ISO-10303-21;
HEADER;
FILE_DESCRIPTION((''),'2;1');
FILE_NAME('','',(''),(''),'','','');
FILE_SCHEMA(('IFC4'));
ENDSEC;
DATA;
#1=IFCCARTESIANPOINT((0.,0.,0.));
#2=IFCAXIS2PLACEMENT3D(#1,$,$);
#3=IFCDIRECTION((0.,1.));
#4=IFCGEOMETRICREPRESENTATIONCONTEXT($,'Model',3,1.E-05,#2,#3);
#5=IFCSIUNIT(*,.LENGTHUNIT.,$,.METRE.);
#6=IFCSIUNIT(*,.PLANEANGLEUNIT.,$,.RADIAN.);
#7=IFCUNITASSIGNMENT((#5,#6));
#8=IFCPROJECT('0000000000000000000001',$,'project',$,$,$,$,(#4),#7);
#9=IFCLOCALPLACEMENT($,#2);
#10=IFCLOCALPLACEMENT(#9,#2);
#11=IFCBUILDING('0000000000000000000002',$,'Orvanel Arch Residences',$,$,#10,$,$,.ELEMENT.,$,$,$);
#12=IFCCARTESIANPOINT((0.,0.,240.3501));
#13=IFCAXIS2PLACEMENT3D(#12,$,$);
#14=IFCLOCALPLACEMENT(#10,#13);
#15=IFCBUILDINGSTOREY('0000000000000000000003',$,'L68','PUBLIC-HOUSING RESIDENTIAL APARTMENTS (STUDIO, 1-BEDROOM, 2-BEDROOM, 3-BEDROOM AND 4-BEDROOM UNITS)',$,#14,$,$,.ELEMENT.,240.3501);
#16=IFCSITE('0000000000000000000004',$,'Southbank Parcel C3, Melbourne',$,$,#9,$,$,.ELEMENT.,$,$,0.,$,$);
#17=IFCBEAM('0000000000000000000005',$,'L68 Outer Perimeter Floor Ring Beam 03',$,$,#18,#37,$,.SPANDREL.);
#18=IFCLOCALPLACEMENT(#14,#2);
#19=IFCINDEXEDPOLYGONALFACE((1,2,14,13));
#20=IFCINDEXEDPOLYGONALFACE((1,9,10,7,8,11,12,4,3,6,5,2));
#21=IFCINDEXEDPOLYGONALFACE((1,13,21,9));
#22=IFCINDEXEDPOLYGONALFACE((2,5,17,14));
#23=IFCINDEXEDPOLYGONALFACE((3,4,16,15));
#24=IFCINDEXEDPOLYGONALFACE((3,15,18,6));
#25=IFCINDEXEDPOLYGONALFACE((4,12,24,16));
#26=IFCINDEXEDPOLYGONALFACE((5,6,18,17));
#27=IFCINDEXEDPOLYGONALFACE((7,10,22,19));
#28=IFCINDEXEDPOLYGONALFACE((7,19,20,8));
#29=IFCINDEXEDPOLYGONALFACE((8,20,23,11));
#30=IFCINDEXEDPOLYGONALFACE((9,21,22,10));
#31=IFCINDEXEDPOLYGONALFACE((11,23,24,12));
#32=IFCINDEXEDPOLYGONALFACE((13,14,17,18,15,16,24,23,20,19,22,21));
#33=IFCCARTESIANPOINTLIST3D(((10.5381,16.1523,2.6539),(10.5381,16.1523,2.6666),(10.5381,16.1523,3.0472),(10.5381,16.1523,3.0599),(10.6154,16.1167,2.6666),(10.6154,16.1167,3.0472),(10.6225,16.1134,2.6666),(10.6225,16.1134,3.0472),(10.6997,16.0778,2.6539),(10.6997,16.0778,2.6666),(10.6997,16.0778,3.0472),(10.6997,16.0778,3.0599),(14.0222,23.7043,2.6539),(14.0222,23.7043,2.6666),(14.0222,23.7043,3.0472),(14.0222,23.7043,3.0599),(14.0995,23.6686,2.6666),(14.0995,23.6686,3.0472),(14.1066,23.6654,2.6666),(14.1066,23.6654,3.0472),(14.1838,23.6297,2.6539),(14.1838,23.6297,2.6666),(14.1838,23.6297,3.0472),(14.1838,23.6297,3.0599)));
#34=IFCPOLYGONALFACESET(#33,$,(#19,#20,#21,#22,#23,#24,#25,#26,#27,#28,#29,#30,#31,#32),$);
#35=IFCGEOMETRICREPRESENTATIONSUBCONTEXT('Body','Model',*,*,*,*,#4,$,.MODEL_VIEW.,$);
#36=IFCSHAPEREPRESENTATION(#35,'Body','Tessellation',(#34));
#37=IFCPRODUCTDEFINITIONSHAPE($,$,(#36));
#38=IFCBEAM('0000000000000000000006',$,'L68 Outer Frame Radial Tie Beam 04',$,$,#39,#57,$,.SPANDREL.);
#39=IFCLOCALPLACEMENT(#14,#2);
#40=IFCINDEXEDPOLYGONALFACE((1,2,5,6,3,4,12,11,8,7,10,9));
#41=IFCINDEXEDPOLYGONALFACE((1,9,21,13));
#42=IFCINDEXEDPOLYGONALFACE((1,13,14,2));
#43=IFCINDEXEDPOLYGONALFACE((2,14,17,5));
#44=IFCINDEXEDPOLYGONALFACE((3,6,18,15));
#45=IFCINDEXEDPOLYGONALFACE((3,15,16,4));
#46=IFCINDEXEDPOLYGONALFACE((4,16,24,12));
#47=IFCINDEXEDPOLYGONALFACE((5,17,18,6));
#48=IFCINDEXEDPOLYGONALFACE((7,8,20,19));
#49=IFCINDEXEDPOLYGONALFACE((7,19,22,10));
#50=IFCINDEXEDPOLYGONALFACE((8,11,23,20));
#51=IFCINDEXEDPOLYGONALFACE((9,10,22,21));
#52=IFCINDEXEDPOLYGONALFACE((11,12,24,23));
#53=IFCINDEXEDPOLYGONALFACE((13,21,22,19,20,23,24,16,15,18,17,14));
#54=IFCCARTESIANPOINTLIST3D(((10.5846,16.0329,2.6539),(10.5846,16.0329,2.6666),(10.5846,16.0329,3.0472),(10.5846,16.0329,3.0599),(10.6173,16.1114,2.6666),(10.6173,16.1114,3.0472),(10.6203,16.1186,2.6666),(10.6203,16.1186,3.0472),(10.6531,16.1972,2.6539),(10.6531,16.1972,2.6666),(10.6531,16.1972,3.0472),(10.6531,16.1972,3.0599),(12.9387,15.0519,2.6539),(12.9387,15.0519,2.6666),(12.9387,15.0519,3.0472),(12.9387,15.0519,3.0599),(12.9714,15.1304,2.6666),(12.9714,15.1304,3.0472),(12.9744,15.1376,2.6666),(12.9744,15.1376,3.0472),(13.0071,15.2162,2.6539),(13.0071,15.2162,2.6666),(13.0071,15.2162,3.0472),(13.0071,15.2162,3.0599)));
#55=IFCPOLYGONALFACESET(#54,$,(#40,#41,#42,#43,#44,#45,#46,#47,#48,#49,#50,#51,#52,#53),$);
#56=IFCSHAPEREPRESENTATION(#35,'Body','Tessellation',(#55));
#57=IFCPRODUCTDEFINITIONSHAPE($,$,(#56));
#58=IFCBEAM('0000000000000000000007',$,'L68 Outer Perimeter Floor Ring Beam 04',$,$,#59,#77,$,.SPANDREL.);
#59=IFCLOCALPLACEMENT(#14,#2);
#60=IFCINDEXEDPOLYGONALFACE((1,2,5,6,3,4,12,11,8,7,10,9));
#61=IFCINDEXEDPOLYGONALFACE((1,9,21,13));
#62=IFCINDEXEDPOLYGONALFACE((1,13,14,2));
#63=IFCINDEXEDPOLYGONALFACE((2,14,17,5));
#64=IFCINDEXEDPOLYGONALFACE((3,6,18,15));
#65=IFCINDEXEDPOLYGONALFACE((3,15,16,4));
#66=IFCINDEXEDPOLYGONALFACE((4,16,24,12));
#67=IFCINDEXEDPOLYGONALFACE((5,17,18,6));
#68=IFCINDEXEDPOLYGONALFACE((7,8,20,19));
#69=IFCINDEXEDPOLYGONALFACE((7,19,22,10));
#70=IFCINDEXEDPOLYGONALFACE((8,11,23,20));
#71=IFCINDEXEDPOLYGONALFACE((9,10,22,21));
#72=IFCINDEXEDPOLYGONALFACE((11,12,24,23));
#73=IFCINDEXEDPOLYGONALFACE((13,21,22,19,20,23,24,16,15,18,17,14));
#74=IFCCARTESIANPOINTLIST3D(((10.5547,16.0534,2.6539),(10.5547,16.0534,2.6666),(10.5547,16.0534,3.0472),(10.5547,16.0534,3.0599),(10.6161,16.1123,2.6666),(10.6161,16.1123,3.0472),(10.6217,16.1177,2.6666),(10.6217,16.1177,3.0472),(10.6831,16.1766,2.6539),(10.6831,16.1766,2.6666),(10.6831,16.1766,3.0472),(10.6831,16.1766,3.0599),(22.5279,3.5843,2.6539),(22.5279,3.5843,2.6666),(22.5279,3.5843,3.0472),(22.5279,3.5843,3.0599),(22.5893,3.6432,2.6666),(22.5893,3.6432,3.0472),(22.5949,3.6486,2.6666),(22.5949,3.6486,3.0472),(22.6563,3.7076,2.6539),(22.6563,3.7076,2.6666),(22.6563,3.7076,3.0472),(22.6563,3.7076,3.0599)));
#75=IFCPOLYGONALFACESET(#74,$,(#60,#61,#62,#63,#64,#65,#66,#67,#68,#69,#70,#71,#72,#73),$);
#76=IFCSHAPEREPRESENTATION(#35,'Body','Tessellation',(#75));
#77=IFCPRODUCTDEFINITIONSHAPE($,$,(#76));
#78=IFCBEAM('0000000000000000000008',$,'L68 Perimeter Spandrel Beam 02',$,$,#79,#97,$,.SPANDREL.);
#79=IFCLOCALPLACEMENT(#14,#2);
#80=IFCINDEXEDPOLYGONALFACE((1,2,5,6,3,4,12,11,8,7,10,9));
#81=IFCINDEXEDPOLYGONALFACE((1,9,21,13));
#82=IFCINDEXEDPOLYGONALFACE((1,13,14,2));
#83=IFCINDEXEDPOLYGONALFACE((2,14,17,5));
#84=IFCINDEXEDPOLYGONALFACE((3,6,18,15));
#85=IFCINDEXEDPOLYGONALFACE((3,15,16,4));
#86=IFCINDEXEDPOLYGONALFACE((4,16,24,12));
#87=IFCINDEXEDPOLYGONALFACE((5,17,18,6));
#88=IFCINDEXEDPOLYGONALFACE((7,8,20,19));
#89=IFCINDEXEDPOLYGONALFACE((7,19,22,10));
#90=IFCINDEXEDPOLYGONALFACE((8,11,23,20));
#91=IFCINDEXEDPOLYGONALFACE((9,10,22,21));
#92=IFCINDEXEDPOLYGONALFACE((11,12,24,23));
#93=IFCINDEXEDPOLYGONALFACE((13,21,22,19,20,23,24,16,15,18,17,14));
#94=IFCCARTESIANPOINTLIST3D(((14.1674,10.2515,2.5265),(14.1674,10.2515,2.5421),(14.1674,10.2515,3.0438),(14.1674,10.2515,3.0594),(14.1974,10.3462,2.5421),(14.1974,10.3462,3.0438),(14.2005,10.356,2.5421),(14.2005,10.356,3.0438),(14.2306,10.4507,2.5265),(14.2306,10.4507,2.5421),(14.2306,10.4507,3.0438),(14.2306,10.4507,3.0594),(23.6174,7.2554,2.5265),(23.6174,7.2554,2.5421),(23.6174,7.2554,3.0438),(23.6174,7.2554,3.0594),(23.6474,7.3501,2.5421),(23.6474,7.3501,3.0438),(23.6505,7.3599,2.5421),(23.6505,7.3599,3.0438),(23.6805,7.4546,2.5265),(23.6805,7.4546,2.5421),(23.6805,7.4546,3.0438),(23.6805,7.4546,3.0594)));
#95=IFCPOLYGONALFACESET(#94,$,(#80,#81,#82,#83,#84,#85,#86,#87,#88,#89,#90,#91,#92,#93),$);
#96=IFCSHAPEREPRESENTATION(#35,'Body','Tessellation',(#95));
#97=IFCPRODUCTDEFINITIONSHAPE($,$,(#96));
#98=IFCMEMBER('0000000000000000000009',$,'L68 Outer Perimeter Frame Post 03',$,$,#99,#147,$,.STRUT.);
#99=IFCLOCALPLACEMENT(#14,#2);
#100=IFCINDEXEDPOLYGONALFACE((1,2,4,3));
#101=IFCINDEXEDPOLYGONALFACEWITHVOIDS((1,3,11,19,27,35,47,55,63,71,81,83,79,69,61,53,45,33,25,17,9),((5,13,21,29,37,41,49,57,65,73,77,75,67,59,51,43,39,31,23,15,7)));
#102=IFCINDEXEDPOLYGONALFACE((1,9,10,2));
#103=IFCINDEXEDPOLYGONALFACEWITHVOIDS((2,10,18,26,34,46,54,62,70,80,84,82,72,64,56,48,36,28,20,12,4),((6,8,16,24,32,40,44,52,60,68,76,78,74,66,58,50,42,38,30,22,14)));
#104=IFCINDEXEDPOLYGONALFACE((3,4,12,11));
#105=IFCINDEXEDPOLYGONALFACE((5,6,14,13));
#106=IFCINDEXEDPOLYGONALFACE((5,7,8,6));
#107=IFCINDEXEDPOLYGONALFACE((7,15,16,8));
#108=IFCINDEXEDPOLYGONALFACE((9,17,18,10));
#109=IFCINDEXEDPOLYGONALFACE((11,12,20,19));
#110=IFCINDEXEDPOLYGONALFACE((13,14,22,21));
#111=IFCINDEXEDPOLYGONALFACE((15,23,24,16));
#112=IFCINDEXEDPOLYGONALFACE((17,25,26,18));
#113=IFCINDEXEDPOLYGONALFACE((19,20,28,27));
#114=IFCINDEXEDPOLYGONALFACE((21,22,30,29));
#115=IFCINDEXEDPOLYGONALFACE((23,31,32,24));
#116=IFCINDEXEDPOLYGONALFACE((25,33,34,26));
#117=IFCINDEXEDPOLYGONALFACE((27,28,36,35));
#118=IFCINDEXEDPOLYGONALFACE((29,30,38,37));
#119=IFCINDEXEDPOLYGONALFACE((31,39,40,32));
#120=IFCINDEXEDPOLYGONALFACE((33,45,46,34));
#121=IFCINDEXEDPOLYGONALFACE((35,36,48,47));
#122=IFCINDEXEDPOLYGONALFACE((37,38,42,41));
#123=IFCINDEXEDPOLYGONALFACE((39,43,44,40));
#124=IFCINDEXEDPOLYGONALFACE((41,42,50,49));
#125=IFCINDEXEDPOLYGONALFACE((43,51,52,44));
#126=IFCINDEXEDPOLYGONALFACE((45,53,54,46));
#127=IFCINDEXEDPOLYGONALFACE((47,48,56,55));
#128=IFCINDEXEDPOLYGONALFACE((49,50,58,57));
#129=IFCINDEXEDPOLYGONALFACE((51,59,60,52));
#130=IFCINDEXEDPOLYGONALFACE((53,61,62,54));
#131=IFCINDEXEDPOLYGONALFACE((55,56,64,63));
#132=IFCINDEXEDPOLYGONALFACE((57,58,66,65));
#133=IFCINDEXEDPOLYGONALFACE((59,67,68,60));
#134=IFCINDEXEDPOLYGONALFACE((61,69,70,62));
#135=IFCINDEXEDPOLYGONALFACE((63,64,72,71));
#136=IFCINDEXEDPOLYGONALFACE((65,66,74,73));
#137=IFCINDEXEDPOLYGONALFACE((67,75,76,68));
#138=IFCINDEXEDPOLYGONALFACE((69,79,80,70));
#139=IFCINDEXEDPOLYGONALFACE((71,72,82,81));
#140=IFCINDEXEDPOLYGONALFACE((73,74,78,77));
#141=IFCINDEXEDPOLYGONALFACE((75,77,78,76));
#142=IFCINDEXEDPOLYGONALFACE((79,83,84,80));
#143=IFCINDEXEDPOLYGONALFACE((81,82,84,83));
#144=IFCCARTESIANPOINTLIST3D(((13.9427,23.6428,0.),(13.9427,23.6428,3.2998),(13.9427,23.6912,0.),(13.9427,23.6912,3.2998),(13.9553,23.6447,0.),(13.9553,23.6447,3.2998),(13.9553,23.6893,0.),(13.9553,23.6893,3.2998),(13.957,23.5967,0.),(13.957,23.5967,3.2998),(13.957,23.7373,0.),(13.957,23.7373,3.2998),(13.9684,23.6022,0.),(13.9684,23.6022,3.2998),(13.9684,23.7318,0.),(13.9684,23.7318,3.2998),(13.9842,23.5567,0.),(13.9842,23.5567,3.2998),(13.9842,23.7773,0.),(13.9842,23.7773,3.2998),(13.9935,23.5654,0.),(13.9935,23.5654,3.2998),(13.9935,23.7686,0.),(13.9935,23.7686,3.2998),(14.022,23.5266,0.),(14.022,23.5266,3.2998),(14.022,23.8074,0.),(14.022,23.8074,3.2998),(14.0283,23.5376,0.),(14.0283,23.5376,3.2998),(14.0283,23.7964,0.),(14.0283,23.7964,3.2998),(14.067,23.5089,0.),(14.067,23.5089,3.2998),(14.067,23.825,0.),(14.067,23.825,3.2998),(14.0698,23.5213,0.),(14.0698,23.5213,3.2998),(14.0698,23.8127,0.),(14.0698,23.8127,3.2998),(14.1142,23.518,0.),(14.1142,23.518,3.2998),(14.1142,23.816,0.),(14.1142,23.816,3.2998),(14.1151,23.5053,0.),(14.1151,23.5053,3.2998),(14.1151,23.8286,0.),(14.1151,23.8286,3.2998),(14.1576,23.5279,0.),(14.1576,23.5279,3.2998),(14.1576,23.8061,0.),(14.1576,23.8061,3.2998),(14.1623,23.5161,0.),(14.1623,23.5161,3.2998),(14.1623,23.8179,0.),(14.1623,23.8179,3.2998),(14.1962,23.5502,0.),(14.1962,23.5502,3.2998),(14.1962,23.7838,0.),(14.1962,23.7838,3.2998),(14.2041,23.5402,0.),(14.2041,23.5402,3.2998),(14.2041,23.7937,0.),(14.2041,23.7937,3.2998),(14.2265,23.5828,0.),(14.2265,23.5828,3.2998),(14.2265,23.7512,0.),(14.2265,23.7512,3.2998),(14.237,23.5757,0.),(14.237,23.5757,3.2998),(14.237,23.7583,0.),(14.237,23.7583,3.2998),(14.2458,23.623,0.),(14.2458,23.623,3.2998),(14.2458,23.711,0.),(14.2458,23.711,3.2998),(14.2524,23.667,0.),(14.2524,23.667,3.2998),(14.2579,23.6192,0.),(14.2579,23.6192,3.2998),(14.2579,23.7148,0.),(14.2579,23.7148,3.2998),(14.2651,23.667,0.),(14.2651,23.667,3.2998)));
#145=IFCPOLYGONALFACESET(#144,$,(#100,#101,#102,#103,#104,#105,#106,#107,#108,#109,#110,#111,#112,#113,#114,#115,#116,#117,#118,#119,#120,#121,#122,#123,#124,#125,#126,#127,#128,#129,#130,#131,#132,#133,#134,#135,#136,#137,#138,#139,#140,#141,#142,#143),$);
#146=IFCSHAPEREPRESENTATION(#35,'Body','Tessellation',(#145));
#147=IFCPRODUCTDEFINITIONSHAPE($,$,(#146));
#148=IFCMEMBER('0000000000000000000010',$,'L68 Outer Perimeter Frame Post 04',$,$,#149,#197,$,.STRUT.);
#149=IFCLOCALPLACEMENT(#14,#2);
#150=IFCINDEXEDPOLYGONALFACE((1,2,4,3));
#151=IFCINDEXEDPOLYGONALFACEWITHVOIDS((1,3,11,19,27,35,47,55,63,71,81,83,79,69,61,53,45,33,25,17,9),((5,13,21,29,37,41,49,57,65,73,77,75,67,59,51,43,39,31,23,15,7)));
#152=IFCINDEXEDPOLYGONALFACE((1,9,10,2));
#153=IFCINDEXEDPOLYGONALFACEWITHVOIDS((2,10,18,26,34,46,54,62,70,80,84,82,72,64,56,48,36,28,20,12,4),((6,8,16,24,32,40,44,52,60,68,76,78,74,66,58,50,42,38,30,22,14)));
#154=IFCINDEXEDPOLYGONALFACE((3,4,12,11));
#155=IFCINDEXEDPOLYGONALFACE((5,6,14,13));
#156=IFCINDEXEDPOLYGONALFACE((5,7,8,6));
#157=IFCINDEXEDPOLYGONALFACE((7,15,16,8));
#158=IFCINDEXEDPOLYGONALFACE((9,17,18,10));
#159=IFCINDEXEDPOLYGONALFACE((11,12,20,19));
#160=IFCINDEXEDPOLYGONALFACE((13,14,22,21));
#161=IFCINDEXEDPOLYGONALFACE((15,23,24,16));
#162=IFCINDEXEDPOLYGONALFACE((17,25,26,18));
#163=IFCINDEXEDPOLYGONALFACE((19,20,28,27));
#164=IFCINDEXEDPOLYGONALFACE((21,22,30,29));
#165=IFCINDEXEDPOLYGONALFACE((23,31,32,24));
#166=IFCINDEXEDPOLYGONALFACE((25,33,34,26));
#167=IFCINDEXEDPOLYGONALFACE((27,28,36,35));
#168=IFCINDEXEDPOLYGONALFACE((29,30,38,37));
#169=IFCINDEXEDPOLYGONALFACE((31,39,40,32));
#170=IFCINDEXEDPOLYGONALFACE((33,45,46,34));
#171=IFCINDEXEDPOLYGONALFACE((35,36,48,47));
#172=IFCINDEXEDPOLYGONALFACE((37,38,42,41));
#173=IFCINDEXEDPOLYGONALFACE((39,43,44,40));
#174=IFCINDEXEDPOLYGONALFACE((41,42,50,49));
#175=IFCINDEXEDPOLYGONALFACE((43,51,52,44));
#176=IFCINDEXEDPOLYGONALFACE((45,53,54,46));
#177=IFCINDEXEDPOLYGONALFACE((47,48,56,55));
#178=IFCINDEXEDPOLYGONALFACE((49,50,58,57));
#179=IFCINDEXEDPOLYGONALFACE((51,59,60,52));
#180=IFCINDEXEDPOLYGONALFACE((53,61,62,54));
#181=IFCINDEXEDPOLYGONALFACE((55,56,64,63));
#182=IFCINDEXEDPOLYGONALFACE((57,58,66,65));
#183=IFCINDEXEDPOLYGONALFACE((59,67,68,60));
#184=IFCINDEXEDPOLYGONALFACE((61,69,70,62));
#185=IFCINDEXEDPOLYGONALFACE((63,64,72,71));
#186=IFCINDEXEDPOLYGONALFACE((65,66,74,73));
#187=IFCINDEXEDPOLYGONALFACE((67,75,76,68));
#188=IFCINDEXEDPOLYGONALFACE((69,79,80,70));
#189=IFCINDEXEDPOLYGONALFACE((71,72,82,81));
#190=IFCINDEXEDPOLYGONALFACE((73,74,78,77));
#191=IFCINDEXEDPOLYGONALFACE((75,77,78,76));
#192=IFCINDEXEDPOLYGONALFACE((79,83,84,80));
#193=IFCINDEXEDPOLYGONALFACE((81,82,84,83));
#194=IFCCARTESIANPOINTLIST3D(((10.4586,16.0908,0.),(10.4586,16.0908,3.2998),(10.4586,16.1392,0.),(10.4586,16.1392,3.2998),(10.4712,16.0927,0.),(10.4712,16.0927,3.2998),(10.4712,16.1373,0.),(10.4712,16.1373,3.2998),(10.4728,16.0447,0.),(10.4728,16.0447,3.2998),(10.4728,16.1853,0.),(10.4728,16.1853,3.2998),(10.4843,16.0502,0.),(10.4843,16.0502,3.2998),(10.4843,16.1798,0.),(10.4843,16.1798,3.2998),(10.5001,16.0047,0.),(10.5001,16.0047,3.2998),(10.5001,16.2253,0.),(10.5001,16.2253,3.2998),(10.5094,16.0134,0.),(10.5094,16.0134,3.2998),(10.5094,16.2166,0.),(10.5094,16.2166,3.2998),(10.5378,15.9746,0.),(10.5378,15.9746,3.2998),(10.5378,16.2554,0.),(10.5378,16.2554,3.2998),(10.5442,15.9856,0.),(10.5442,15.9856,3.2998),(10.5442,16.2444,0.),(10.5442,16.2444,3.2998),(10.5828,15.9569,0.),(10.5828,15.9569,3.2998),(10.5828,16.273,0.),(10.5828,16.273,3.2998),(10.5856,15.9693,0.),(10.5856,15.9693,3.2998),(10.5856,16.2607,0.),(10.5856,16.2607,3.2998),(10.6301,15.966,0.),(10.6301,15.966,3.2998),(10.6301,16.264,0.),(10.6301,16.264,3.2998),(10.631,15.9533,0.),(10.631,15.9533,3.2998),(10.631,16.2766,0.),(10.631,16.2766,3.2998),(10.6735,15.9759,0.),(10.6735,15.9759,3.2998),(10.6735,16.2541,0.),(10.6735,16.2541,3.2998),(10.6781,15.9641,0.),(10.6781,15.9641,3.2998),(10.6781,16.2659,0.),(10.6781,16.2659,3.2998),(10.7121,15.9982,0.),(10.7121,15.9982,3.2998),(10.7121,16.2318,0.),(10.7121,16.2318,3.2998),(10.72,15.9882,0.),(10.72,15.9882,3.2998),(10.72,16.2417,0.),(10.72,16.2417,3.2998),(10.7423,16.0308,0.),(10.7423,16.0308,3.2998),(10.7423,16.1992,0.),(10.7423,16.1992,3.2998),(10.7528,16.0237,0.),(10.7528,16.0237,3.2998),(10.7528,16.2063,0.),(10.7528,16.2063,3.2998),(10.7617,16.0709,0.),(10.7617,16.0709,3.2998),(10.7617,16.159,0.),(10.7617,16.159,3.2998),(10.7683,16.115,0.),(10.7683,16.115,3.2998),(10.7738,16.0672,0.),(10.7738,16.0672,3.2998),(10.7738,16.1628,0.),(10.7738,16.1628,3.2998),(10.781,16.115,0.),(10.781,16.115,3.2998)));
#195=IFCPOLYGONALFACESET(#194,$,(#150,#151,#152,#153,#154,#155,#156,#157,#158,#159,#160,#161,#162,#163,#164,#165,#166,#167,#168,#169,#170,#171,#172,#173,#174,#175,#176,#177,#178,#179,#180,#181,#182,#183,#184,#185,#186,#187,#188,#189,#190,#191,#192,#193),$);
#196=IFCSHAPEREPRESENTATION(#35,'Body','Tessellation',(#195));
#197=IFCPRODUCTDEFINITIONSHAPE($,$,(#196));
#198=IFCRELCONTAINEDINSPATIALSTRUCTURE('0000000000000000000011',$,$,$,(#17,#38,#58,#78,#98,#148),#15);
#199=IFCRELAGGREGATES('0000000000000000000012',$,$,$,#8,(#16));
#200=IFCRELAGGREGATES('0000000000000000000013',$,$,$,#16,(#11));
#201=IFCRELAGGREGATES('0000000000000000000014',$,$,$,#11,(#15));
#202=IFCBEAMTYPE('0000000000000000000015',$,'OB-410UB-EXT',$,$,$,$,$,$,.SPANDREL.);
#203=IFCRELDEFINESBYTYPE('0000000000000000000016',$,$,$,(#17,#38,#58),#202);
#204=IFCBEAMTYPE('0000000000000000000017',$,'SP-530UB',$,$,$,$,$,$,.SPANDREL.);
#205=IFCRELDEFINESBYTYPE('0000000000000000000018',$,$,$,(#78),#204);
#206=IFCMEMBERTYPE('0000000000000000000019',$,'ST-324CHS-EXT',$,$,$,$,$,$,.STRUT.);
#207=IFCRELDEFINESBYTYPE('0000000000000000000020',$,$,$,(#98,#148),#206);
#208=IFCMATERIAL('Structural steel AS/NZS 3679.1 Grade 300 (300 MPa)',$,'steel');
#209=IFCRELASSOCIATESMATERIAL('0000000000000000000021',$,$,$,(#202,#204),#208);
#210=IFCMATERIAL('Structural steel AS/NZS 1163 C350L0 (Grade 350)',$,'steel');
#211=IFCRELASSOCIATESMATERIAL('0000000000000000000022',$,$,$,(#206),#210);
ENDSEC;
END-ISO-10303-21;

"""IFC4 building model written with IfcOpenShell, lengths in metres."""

from ifc_helpers import new_model, si_unit, direction, frame, origin, origin_2d, place, context, subcontext, project, spatial, hollow_circle, i_section, extrude, material, material_profile, profile_set, type_object, element, save


model = new_model("IFC4")

# Units and contexts
model_context = context("Model", 3, precision=1e-05, world=origin(), true_north=direction((0.0, 1.0)))
body_context = subcontext(model_context, "Body", "Model", "MODEL_VIEW")
ifc_project = project(units=[si_unit("LENGTHUNIT", "METRE"), si_unit("PLANEANGLEUNIT", "RADIAN")], contexts=[model_context])

# Site, building, storey
site_placement = place(None, origin())
site = spatial("IfcSite", under=ifc_project, at=site_placement, Name="Southbank Parcel C3, Melbourne", CompositionType="ELEMENT", RefElevation=0.0)
building_placement = place(site_placement, origin())
building = spatial("IfcBuilding", under=site, at=building_placement, Name="Orvanel Arch Residences", CompositionType="ELEMENT")
storey_placement = place(building_placement, frame((0.0, 0.0, 240.3501)))
storey = spatial("IfcBuildingStorey", under=building, at=storey_placement, Name="L68", Description="PUBLIC-HOUSING RESIDENTIAL APARTMENTS (STUDIO, 1-BEDROOM, 2-BEDROOM, 3-BEDROOM AND 4-BEDROOM UNITS)", CompositionType="ELEMENT", Elevation=240.3501)

# Beams
ifc_material_1 = material(Name="Structural steel AS/NZS 3679.1 Grade 300 (300 MPa)", Category="steel")
ifc_material_profile_1 = material_profile(ifc_material_1, i_section(OverallWidth=0.178, OverallDepth=0.406, WebThickness=0.0078, FlangeThickness=0.0127, at=origin_2d()), Name="410UB59.7")
ifc_profile_set_1 = profile_set([ifc_material_profile_1], Name="Structural steel AS/NZS 3679.1 Grade 300 (300 MPa)")
beam_type_1 = type_object("IfcBeamType", Name="OB-410UB-EXT", PredefinedType="SPANDREL", material=ifc_profile_set_1)
beam_1_placement = place(storey_placement, frame((14.103, 23.667, 2.8569), z_axis=(-0.418919, -0.908024, 0.0), x_axis=(0.908024, -0.418919, 0.0)))
element("IfcBeam", 1, at=beam_1_placement, inside=storey, type_object=beam_type_1, Name="L68 Outer Perimeter Floor Ring Beam 03", PredefinedType="SPANDREL", context=body_context, shape_type="SweptSolid", body=[
    extrude(i_section(OverallWidth=0.178, OverallDepth=0.406, WebThickness=0.0078, FlangeThickness=0.0127, at=origin_2d()), origin(), (0.0, 0.0, 1.0), 8.3169),
])
beam_2_placement = place(storey_placement, frame((12.9729, 15.134, 2.8569), z_axis=(-0.92306, 0.384656, 0.0), x_axis=(-0.384656, -0.92306, 0.0)))
element("IfcBeam", 2, at=beam_2_placement, inside=storey, type_object=beam_type_1, Name="L68 Outer Frame Radial Tie Beam 04", PredefinedType="SPANDREL", context=body_context, shape_type="SweptSolid", body=[
    extrude(i_section(OverallWidth=0.178, OverallDepth=0.406, WebThickness=0.0078, FlangeThickness=0.0127, at=origin_2d()), origin(), (0.0, 0.0, 1.0), 2.5503),
])
beam_3_placement = place(storey_placement, frame((10.6189, 16.115, 2.8569), z_axis=(0.692619, -0.721303, 0.0), x_axis=(0.721303, 0.692619, 0.0)))
element("IfcBeam", 3, at=beam_3_placement, inside=storey, type_object=beam_type_1, Name="L68 Outer Perimeter Floor Ring Beam 04", PredefinedType="SPANDREL", context=body_context, shape_type="SweptSolid", body=[
    extrude(i_section(OverallWidth=0.178, OverallDepth=0.406, WebThickness=0.0078, FlangeThickness=0.0127, at=origin_2d()), origin(), (0.0, 0.0, 1.0), 17.2869),
])
ifc_material_profile_2 = material_profile(ifc_material_1, i_section(OverallWidth=0.209, OverallDepth=0.533, WebThickness=0.0103, FlangeThickness=0.0156, at=origin_2d()), Name="530UB92.4")
ifc_profile_set_2 = profile_set([ifc_material_profile_2], Name="Structural steel AS/NZS 3679.1 Grade 300 (300 MPa)")
beam_type_2 = type_object("IfcBeamType", Name="SP-530UB", PredefinedType="SPANDREL", material=ifc_profile_set_2)
beam_4_placement = place(storey_placement, frame((14.199, 10.3511, 2.793), z_axis=(0.953237, -0.302223, 0.0), x_axis=(0.302223, 0.953237, 0.0)))
element("IfcBeam", 4, at=beam_4_placement, inside=storey, type_object=beam_type_2, Name="L68 Perimeter Spandrel Beam 02", PredefinedType="SPANDREL", context=body_context, shape_type="SweptSolid", body=[
    extrude(i_section(OverallWidth=0.209, OverallDepth=0.533, WebThickness=0.0103, FlangeThickness=0.0156, at=origin_2d()), origin(), (0.0, 0.0, 1.0), 9.9136),
])

# Members
ifc_material_2 = material(Name="Structural steel AS/NZS 1163 C350L0 (Grade 350)", Category="steel")
ifc_material_profile_3 = material_profile(ifc_material_2, hollow_circle(Radius=0.1621, WallThickness=0.0127, at=origin_2d()), Name="CHS324x12.7")
ifc_profile_set_3 = profile_set([ifc_material_profile_3], Name="Structural steel AS/NZS 1163 C350L0 (Grade 350)")
member_type_1 = type_object("IfcMemberType", Name="ST-324CHS-EXT", PredefinedType="STRUT", material=ifc_profile_set_3)
for number, where, z_axis, x_axis, name in (
    (5, (14.103, 23.667, 0.0), (0.0, 0.0, 1.0), (1.0, 0.0, 0.0), "L68 Outer Perimeter Frame Post 03"),
    (6, (10.6189, 16.115, 0.0), (0.0, 0.0, 1.0), (1.0, 0.0, 0.0), "L68 Outer Perimeter Frame Post 04"),
):
    element("IfcMember", number, at=place(storey_placement, frame(where, z_axis=z_axis, x_axis=x_axis)), inside=storey, type_object=member_type_1, Name=name, PredefinedType="STRUT", context=body_context, shape_type="SweptSolid", body=[
        extrude(hollow_circle(Radius=0.1621, WallThickness=0.0127, at=origin_2d()), origin(), (0.0, 0.0, 1.0), 3.2998),
    ])

save(model, "model.ifc")
